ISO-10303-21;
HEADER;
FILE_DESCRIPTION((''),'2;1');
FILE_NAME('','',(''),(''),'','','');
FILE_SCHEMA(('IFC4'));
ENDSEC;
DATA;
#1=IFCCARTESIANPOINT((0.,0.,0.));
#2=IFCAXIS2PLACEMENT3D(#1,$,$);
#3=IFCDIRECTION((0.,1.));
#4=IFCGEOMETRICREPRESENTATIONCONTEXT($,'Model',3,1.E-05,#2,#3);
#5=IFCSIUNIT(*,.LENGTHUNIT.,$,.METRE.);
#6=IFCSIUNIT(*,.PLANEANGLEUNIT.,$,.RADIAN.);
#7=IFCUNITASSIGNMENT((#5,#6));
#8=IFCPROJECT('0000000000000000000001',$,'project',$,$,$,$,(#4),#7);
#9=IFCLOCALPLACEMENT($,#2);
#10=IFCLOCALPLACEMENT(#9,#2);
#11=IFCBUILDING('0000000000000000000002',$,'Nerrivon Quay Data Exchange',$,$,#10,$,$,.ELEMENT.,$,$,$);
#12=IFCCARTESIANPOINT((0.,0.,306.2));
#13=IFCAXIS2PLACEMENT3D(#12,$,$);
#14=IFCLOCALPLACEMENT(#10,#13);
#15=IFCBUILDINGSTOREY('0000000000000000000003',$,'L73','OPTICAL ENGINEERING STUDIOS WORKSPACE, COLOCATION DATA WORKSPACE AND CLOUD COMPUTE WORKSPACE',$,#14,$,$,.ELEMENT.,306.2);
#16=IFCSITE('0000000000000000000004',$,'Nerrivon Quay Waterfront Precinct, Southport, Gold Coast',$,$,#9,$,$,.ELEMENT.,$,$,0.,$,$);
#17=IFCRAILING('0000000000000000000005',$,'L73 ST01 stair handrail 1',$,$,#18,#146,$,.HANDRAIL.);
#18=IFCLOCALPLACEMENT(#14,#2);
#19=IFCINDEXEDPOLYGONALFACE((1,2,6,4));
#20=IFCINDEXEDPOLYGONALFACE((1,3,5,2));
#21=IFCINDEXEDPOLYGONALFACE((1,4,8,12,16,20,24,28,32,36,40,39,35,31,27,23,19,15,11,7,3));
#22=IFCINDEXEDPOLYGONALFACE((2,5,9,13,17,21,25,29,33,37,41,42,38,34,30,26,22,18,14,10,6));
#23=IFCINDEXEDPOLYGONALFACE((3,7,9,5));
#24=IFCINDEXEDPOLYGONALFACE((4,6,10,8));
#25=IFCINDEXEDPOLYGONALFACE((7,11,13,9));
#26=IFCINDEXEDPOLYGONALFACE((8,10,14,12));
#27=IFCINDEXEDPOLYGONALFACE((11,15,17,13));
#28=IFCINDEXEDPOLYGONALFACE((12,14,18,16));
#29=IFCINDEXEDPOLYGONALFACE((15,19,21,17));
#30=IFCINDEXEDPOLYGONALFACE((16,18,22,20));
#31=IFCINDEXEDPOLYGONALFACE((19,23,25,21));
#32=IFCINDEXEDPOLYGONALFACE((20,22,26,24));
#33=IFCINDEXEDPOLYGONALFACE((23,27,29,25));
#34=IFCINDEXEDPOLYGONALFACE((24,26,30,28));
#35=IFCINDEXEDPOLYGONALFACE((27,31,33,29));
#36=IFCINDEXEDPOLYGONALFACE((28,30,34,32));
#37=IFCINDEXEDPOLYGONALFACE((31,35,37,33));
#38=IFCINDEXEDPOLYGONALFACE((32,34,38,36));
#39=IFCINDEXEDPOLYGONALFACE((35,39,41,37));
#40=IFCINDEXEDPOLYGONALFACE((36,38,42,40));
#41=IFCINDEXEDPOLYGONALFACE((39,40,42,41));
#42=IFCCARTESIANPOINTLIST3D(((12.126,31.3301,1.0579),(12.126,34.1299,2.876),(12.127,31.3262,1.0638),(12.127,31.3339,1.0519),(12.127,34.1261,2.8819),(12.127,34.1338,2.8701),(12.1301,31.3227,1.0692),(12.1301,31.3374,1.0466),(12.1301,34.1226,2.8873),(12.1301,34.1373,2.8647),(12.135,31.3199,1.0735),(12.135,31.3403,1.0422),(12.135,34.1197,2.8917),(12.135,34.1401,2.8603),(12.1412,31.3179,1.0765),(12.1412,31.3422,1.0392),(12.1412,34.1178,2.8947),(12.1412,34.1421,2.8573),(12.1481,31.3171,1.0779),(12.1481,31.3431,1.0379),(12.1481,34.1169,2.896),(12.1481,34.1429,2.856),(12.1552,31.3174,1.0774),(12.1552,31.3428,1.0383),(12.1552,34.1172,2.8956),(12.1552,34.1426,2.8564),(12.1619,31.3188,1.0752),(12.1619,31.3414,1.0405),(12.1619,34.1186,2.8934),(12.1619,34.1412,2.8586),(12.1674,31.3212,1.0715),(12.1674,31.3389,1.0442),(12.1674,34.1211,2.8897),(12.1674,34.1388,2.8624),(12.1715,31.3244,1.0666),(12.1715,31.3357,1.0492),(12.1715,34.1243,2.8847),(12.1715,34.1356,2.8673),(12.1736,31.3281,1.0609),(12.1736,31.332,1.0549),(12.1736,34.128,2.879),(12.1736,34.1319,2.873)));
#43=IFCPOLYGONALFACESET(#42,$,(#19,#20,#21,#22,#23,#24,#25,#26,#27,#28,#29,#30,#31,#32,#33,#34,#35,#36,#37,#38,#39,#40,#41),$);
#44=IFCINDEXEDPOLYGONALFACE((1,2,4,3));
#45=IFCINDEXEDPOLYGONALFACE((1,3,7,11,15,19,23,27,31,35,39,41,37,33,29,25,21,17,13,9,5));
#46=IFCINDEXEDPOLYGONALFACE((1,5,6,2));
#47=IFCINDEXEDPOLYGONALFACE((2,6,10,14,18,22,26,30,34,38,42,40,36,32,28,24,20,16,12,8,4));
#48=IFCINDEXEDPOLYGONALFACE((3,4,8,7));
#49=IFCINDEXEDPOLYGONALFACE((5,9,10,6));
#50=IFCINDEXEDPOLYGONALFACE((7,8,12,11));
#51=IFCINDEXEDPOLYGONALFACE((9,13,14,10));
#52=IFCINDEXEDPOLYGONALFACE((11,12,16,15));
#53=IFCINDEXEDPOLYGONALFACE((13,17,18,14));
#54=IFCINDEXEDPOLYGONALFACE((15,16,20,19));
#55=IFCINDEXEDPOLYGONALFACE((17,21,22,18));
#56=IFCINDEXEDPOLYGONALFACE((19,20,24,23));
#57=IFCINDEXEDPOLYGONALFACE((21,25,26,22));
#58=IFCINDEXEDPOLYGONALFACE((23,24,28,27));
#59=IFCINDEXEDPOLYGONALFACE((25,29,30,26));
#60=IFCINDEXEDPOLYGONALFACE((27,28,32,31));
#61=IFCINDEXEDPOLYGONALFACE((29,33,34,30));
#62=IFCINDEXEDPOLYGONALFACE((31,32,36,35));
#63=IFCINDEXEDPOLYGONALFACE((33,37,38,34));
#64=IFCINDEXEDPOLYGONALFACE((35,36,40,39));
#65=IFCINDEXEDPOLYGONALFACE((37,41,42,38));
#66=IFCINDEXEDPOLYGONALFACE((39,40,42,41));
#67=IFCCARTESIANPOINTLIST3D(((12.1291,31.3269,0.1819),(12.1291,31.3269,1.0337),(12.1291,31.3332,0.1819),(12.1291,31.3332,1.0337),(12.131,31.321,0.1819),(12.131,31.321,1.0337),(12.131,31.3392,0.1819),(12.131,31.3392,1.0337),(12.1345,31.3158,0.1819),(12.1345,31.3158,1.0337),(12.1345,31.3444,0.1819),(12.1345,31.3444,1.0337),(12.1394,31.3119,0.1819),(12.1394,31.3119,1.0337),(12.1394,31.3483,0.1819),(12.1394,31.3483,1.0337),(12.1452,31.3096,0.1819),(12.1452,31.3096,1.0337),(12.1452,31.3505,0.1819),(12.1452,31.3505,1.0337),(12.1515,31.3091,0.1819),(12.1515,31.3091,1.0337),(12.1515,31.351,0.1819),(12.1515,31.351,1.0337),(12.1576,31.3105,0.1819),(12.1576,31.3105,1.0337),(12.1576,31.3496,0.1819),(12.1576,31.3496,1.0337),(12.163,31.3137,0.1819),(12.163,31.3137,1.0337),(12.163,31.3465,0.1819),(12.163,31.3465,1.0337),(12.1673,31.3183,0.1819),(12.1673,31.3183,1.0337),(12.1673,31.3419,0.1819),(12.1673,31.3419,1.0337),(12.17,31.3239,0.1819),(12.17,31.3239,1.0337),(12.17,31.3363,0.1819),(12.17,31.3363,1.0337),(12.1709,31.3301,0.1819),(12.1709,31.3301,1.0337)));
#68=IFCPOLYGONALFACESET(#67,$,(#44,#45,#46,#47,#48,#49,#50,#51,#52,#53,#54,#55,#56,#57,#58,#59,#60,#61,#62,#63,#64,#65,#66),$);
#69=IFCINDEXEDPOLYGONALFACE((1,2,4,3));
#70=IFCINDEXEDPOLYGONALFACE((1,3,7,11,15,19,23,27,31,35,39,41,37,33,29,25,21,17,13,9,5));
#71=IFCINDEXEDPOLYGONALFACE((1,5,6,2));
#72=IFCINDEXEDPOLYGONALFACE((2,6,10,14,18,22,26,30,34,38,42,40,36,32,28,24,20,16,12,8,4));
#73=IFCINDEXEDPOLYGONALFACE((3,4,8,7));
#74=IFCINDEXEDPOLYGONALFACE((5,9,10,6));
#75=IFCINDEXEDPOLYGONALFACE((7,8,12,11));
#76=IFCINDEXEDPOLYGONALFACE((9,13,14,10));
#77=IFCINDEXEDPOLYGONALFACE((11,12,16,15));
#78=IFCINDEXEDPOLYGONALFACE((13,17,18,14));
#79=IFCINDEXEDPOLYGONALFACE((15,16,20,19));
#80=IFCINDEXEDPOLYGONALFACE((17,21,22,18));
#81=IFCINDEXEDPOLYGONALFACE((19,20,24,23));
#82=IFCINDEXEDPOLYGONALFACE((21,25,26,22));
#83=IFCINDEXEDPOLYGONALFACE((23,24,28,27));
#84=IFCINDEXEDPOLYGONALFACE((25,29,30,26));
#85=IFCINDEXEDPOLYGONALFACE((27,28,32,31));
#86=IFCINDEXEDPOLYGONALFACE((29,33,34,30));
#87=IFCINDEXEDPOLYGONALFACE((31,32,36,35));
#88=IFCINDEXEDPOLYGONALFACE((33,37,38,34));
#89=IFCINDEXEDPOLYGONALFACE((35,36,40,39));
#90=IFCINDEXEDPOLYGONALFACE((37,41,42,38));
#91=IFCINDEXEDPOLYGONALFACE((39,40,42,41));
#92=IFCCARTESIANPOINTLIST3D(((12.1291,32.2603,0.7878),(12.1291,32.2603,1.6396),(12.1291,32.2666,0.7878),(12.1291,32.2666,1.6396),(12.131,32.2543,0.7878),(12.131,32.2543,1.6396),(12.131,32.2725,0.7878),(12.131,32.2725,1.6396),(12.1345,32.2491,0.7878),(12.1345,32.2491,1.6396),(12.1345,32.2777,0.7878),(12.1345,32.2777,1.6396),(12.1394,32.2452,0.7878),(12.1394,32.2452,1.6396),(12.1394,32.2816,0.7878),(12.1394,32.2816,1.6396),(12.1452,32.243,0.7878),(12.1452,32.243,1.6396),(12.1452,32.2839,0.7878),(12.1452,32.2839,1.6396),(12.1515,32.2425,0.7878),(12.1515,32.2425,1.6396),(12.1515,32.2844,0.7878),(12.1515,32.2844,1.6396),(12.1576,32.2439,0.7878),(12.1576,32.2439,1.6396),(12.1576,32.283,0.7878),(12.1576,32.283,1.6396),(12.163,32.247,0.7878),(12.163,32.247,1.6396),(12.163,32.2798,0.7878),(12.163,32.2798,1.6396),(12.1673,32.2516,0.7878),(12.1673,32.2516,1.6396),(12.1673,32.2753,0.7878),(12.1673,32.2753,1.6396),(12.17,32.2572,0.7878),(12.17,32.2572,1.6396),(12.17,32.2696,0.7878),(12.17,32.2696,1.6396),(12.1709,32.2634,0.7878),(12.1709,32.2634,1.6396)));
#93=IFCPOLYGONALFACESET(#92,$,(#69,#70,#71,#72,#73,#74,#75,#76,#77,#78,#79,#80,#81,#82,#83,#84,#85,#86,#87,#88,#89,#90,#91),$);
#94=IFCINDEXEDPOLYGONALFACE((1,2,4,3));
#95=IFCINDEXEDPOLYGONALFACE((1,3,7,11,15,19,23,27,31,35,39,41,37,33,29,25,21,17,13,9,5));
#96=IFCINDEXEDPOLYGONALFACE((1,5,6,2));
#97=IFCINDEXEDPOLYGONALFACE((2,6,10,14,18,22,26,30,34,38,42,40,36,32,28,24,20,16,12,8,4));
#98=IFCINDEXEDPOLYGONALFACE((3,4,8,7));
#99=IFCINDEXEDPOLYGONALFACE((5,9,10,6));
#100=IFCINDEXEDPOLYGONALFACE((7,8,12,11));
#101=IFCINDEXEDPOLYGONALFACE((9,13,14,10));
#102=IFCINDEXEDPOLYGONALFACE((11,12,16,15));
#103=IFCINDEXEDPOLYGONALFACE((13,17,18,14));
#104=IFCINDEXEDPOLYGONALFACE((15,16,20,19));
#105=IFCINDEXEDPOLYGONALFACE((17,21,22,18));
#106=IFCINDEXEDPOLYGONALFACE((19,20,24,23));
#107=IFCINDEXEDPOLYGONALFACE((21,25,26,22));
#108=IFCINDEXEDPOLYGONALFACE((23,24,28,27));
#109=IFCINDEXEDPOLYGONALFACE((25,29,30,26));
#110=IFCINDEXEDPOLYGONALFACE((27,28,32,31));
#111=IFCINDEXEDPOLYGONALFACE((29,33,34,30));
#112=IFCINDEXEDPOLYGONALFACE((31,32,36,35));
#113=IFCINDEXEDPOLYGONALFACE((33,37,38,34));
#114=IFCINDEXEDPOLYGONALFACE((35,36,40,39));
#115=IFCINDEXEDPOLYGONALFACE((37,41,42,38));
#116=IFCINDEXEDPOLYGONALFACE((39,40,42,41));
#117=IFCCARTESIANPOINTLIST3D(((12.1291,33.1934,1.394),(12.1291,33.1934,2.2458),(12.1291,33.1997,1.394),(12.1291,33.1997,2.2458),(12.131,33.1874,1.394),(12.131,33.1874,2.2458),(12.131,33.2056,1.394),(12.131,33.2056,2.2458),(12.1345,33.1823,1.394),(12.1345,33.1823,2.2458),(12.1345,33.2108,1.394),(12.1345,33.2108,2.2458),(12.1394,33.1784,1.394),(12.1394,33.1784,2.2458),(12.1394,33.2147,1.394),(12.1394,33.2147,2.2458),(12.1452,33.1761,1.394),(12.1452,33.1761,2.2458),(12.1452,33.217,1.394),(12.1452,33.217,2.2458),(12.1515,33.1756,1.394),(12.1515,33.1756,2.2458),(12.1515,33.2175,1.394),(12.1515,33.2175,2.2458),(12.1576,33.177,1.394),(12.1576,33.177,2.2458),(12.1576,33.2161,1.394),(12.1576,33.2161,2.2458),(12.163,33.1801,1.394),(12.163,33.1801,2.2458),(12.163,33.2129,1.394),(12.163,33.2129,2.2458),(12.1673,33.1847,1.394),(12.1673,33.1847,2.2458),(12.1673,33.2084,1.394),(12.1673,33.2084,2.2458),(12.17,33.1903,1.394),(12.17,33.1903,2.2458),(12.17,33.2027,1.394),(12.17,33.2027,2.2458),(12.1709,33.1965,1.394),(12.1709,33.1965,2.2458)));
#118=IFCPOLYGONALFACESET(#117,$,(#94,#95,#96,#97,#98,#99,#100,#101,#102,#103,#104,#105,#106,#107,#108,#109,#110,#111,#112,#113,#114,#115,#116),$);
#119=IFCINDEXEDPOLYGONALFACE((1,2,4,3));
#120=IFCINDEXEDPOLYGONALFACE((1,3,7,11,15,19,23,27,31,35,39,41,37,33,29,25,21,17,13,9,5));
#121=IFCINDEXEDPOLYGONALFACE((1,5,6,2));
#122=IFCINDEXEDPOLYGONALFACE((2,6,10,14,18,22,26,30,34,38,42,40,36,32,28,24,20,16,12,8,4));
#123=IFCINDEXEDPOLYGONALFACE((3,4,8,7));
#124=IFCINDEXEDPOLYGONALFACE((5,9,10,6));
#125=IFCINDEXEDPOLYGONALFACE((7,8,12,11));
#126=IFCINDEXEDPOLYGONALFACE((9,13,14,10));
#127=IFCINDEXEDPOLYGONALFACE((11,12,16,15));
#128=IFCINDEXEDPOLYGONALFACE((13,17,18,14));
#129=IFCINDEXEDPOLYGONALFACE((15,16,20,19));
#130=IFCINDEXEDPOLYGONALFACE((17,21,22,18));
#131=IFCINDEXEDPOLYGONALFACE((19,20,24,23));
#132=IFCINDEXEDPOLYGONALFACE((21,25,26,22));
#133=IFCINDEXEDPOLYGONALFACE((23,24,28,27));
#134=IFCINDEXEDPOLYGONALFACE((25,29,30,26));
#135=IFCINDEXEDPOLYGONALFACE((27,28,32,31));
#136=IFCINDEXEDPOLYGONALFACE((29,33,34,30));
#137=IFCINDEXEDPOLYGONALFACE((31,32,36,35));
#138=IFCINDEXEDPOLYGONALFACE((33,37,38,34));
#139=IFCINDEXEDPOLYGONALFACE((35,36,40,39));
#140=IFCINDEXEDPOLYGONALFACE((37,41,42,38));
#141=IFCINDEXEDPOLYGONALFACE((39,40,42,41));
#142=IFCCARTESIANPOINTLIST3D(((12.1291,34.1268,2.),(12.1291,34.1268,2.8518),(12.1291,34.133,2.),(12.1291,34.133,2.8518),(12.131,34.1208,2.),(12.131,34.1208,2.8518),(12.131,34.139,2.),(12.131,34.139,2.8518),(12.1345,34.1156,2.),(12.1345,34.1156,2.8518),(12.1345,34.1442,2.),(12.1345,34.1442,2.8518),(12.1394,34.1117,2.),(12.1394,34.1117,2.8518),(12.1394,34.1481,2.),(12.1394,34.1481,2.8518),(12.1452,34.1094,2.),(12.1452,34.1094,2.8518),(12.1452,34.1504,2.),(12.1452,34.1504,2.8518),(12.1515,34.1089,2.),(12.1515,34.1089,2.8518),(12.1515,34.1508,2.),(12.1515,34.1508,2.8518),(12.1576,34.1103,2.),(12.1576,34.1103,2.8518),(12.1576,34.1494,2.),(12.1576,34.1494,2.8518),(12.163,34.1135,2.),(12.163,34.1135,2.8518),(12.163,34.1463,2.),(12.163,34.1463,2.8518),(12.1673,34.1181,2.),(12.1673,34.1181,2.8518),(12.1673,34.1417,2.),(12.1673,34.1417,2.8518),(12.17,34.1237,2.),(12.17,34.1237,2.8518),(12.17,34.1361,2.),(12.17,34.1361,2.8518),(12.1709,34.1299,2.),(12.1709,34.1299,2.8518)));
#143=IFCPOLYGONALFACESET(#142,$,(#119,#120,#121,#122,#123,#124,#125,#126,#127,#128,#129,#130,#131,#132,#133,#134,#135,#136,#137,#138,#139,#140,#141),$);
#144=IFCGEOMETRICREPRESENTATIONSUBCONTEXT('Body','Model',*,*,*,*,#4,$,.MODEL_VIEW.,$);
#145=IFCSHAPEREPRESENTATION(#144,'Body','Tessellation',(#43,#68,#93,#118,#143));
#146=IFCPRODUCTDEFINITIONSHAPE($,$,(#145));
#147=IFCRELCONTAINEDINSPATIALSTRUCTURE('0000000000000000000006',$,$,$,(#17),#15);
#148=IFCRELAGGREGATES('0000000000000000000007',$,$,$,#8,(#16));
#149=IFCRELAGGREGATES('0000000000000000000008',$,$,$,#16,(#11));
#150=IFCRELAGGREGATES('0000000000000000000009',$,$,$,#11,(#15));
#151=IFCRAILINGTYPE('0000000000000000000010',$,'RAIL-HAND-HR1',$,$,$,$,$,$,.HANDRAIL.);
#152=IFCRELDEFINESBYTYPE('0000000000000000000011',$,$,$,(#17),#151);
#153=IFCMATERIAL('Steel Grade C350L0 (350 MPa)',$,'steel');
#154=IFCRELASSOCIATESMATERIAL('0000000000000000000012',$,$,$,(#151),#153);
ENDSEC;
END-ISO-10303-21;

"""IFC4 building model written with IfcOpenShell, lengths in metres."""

from ifc_helpers import new_model, si_unit, direction, frame, origin, origin_2d, place, context, subcontext, project, spatial, circle, extrude, material, type_object, element, save


model = new_model("IFC4")

# Units and contexts
model_context = context("Model", 3, precision=1e-05, world=origin(), true_north=direction((0.0, 1.0)))
body_context = subcontext(model_context, "Body", "Model", "MODEL_VIEW")
ifc_project = project(units=[si_unit("LENGTHUNIT", "METRE"), si_unit("PLANEANGLEUNIT", "RADIAN")], contexts=[model_context])

# Site, building, storey
site_placement = place(None, origin())
site = spatial("IfcSite", under=ifc_project, at=site_placement, Name="Nerrivon Quay Waterfront Precinct, Southport, Gold Coast", CompositionType="ELEMENT", RefElevation=0.0)
building_placement = place(site_placement, origin())
building = spatial("IfcBuilding", under=site, at=building_placement, Name="Nerrivon Quay Data Exchange", CompositionType="ELEMENT")
storey_placement = place(building_placement, frame((0.0, 0.0, 306.2)))
storey = spatial("IfcBuildingStorey", under=building, at=storey_placement, Name="L73", Description="OPTICAL ENGINEERING STUDIOS WORKSPACE, COLOCATION DATA WORKSPACE AND CLOUD COMPUTE WORKSPACE", CompositionType="ELEMENT", Elevation=306.2)

# Railing
ifc_material_1 = material(Name="Steel Grade C350L0 (350 MPa)", Category="steel")
railing_type_1 = type_object("IfcRailingType", Name="RAIL-HAND-HR1", PredefinedType="HANDRAIL", material=ifc_material_1)
railing_1_placement = place(storey_placement, frame((12.1499, 31.3301, 0.1819)))
element("IfcRailing", 1, at=railing_1_placement, inside=storey, type_object=railing_type_1, Name="L73 ST01 stair handrail 1", PredefinedType="HANDRAIL", context=body_context, shape_type="SweptSolid", body=[
    extrude(circle(Radius=0.0239, at=origin_2d()), frame((0.0, 0.0, 0.876), z_axis=(0.0, 0.838684, 0.544618), x_axis=(-1.0, 0.0, 0.0)), (0.0, 0.0, 1.0), 3.3384),
    extrude(circle(Radius=0.021, at=origin_2d()), origin(), (0.0, 0.0, 1.0), 0.8518),
    extrude(circle(Radius=0.021, at=origin_2d()), frame((0.0, 0.9333, 0.606)), (0.0, 0.0, 1.0), 0.8518),
    extrude(circle(Radius=0.021, at=origin_2d()), frame((0.0, 1.8665, 1.2122)), (0.0, 0.0, 1.0), 0.8518),
    extrude(circle(Radius=0.021, at=origin_2d()), frame((0.0, 2.7998, 1.8181)), (0.0, 0.0, 1.0), 0.8518),
])

save(model, "model.ifc")
